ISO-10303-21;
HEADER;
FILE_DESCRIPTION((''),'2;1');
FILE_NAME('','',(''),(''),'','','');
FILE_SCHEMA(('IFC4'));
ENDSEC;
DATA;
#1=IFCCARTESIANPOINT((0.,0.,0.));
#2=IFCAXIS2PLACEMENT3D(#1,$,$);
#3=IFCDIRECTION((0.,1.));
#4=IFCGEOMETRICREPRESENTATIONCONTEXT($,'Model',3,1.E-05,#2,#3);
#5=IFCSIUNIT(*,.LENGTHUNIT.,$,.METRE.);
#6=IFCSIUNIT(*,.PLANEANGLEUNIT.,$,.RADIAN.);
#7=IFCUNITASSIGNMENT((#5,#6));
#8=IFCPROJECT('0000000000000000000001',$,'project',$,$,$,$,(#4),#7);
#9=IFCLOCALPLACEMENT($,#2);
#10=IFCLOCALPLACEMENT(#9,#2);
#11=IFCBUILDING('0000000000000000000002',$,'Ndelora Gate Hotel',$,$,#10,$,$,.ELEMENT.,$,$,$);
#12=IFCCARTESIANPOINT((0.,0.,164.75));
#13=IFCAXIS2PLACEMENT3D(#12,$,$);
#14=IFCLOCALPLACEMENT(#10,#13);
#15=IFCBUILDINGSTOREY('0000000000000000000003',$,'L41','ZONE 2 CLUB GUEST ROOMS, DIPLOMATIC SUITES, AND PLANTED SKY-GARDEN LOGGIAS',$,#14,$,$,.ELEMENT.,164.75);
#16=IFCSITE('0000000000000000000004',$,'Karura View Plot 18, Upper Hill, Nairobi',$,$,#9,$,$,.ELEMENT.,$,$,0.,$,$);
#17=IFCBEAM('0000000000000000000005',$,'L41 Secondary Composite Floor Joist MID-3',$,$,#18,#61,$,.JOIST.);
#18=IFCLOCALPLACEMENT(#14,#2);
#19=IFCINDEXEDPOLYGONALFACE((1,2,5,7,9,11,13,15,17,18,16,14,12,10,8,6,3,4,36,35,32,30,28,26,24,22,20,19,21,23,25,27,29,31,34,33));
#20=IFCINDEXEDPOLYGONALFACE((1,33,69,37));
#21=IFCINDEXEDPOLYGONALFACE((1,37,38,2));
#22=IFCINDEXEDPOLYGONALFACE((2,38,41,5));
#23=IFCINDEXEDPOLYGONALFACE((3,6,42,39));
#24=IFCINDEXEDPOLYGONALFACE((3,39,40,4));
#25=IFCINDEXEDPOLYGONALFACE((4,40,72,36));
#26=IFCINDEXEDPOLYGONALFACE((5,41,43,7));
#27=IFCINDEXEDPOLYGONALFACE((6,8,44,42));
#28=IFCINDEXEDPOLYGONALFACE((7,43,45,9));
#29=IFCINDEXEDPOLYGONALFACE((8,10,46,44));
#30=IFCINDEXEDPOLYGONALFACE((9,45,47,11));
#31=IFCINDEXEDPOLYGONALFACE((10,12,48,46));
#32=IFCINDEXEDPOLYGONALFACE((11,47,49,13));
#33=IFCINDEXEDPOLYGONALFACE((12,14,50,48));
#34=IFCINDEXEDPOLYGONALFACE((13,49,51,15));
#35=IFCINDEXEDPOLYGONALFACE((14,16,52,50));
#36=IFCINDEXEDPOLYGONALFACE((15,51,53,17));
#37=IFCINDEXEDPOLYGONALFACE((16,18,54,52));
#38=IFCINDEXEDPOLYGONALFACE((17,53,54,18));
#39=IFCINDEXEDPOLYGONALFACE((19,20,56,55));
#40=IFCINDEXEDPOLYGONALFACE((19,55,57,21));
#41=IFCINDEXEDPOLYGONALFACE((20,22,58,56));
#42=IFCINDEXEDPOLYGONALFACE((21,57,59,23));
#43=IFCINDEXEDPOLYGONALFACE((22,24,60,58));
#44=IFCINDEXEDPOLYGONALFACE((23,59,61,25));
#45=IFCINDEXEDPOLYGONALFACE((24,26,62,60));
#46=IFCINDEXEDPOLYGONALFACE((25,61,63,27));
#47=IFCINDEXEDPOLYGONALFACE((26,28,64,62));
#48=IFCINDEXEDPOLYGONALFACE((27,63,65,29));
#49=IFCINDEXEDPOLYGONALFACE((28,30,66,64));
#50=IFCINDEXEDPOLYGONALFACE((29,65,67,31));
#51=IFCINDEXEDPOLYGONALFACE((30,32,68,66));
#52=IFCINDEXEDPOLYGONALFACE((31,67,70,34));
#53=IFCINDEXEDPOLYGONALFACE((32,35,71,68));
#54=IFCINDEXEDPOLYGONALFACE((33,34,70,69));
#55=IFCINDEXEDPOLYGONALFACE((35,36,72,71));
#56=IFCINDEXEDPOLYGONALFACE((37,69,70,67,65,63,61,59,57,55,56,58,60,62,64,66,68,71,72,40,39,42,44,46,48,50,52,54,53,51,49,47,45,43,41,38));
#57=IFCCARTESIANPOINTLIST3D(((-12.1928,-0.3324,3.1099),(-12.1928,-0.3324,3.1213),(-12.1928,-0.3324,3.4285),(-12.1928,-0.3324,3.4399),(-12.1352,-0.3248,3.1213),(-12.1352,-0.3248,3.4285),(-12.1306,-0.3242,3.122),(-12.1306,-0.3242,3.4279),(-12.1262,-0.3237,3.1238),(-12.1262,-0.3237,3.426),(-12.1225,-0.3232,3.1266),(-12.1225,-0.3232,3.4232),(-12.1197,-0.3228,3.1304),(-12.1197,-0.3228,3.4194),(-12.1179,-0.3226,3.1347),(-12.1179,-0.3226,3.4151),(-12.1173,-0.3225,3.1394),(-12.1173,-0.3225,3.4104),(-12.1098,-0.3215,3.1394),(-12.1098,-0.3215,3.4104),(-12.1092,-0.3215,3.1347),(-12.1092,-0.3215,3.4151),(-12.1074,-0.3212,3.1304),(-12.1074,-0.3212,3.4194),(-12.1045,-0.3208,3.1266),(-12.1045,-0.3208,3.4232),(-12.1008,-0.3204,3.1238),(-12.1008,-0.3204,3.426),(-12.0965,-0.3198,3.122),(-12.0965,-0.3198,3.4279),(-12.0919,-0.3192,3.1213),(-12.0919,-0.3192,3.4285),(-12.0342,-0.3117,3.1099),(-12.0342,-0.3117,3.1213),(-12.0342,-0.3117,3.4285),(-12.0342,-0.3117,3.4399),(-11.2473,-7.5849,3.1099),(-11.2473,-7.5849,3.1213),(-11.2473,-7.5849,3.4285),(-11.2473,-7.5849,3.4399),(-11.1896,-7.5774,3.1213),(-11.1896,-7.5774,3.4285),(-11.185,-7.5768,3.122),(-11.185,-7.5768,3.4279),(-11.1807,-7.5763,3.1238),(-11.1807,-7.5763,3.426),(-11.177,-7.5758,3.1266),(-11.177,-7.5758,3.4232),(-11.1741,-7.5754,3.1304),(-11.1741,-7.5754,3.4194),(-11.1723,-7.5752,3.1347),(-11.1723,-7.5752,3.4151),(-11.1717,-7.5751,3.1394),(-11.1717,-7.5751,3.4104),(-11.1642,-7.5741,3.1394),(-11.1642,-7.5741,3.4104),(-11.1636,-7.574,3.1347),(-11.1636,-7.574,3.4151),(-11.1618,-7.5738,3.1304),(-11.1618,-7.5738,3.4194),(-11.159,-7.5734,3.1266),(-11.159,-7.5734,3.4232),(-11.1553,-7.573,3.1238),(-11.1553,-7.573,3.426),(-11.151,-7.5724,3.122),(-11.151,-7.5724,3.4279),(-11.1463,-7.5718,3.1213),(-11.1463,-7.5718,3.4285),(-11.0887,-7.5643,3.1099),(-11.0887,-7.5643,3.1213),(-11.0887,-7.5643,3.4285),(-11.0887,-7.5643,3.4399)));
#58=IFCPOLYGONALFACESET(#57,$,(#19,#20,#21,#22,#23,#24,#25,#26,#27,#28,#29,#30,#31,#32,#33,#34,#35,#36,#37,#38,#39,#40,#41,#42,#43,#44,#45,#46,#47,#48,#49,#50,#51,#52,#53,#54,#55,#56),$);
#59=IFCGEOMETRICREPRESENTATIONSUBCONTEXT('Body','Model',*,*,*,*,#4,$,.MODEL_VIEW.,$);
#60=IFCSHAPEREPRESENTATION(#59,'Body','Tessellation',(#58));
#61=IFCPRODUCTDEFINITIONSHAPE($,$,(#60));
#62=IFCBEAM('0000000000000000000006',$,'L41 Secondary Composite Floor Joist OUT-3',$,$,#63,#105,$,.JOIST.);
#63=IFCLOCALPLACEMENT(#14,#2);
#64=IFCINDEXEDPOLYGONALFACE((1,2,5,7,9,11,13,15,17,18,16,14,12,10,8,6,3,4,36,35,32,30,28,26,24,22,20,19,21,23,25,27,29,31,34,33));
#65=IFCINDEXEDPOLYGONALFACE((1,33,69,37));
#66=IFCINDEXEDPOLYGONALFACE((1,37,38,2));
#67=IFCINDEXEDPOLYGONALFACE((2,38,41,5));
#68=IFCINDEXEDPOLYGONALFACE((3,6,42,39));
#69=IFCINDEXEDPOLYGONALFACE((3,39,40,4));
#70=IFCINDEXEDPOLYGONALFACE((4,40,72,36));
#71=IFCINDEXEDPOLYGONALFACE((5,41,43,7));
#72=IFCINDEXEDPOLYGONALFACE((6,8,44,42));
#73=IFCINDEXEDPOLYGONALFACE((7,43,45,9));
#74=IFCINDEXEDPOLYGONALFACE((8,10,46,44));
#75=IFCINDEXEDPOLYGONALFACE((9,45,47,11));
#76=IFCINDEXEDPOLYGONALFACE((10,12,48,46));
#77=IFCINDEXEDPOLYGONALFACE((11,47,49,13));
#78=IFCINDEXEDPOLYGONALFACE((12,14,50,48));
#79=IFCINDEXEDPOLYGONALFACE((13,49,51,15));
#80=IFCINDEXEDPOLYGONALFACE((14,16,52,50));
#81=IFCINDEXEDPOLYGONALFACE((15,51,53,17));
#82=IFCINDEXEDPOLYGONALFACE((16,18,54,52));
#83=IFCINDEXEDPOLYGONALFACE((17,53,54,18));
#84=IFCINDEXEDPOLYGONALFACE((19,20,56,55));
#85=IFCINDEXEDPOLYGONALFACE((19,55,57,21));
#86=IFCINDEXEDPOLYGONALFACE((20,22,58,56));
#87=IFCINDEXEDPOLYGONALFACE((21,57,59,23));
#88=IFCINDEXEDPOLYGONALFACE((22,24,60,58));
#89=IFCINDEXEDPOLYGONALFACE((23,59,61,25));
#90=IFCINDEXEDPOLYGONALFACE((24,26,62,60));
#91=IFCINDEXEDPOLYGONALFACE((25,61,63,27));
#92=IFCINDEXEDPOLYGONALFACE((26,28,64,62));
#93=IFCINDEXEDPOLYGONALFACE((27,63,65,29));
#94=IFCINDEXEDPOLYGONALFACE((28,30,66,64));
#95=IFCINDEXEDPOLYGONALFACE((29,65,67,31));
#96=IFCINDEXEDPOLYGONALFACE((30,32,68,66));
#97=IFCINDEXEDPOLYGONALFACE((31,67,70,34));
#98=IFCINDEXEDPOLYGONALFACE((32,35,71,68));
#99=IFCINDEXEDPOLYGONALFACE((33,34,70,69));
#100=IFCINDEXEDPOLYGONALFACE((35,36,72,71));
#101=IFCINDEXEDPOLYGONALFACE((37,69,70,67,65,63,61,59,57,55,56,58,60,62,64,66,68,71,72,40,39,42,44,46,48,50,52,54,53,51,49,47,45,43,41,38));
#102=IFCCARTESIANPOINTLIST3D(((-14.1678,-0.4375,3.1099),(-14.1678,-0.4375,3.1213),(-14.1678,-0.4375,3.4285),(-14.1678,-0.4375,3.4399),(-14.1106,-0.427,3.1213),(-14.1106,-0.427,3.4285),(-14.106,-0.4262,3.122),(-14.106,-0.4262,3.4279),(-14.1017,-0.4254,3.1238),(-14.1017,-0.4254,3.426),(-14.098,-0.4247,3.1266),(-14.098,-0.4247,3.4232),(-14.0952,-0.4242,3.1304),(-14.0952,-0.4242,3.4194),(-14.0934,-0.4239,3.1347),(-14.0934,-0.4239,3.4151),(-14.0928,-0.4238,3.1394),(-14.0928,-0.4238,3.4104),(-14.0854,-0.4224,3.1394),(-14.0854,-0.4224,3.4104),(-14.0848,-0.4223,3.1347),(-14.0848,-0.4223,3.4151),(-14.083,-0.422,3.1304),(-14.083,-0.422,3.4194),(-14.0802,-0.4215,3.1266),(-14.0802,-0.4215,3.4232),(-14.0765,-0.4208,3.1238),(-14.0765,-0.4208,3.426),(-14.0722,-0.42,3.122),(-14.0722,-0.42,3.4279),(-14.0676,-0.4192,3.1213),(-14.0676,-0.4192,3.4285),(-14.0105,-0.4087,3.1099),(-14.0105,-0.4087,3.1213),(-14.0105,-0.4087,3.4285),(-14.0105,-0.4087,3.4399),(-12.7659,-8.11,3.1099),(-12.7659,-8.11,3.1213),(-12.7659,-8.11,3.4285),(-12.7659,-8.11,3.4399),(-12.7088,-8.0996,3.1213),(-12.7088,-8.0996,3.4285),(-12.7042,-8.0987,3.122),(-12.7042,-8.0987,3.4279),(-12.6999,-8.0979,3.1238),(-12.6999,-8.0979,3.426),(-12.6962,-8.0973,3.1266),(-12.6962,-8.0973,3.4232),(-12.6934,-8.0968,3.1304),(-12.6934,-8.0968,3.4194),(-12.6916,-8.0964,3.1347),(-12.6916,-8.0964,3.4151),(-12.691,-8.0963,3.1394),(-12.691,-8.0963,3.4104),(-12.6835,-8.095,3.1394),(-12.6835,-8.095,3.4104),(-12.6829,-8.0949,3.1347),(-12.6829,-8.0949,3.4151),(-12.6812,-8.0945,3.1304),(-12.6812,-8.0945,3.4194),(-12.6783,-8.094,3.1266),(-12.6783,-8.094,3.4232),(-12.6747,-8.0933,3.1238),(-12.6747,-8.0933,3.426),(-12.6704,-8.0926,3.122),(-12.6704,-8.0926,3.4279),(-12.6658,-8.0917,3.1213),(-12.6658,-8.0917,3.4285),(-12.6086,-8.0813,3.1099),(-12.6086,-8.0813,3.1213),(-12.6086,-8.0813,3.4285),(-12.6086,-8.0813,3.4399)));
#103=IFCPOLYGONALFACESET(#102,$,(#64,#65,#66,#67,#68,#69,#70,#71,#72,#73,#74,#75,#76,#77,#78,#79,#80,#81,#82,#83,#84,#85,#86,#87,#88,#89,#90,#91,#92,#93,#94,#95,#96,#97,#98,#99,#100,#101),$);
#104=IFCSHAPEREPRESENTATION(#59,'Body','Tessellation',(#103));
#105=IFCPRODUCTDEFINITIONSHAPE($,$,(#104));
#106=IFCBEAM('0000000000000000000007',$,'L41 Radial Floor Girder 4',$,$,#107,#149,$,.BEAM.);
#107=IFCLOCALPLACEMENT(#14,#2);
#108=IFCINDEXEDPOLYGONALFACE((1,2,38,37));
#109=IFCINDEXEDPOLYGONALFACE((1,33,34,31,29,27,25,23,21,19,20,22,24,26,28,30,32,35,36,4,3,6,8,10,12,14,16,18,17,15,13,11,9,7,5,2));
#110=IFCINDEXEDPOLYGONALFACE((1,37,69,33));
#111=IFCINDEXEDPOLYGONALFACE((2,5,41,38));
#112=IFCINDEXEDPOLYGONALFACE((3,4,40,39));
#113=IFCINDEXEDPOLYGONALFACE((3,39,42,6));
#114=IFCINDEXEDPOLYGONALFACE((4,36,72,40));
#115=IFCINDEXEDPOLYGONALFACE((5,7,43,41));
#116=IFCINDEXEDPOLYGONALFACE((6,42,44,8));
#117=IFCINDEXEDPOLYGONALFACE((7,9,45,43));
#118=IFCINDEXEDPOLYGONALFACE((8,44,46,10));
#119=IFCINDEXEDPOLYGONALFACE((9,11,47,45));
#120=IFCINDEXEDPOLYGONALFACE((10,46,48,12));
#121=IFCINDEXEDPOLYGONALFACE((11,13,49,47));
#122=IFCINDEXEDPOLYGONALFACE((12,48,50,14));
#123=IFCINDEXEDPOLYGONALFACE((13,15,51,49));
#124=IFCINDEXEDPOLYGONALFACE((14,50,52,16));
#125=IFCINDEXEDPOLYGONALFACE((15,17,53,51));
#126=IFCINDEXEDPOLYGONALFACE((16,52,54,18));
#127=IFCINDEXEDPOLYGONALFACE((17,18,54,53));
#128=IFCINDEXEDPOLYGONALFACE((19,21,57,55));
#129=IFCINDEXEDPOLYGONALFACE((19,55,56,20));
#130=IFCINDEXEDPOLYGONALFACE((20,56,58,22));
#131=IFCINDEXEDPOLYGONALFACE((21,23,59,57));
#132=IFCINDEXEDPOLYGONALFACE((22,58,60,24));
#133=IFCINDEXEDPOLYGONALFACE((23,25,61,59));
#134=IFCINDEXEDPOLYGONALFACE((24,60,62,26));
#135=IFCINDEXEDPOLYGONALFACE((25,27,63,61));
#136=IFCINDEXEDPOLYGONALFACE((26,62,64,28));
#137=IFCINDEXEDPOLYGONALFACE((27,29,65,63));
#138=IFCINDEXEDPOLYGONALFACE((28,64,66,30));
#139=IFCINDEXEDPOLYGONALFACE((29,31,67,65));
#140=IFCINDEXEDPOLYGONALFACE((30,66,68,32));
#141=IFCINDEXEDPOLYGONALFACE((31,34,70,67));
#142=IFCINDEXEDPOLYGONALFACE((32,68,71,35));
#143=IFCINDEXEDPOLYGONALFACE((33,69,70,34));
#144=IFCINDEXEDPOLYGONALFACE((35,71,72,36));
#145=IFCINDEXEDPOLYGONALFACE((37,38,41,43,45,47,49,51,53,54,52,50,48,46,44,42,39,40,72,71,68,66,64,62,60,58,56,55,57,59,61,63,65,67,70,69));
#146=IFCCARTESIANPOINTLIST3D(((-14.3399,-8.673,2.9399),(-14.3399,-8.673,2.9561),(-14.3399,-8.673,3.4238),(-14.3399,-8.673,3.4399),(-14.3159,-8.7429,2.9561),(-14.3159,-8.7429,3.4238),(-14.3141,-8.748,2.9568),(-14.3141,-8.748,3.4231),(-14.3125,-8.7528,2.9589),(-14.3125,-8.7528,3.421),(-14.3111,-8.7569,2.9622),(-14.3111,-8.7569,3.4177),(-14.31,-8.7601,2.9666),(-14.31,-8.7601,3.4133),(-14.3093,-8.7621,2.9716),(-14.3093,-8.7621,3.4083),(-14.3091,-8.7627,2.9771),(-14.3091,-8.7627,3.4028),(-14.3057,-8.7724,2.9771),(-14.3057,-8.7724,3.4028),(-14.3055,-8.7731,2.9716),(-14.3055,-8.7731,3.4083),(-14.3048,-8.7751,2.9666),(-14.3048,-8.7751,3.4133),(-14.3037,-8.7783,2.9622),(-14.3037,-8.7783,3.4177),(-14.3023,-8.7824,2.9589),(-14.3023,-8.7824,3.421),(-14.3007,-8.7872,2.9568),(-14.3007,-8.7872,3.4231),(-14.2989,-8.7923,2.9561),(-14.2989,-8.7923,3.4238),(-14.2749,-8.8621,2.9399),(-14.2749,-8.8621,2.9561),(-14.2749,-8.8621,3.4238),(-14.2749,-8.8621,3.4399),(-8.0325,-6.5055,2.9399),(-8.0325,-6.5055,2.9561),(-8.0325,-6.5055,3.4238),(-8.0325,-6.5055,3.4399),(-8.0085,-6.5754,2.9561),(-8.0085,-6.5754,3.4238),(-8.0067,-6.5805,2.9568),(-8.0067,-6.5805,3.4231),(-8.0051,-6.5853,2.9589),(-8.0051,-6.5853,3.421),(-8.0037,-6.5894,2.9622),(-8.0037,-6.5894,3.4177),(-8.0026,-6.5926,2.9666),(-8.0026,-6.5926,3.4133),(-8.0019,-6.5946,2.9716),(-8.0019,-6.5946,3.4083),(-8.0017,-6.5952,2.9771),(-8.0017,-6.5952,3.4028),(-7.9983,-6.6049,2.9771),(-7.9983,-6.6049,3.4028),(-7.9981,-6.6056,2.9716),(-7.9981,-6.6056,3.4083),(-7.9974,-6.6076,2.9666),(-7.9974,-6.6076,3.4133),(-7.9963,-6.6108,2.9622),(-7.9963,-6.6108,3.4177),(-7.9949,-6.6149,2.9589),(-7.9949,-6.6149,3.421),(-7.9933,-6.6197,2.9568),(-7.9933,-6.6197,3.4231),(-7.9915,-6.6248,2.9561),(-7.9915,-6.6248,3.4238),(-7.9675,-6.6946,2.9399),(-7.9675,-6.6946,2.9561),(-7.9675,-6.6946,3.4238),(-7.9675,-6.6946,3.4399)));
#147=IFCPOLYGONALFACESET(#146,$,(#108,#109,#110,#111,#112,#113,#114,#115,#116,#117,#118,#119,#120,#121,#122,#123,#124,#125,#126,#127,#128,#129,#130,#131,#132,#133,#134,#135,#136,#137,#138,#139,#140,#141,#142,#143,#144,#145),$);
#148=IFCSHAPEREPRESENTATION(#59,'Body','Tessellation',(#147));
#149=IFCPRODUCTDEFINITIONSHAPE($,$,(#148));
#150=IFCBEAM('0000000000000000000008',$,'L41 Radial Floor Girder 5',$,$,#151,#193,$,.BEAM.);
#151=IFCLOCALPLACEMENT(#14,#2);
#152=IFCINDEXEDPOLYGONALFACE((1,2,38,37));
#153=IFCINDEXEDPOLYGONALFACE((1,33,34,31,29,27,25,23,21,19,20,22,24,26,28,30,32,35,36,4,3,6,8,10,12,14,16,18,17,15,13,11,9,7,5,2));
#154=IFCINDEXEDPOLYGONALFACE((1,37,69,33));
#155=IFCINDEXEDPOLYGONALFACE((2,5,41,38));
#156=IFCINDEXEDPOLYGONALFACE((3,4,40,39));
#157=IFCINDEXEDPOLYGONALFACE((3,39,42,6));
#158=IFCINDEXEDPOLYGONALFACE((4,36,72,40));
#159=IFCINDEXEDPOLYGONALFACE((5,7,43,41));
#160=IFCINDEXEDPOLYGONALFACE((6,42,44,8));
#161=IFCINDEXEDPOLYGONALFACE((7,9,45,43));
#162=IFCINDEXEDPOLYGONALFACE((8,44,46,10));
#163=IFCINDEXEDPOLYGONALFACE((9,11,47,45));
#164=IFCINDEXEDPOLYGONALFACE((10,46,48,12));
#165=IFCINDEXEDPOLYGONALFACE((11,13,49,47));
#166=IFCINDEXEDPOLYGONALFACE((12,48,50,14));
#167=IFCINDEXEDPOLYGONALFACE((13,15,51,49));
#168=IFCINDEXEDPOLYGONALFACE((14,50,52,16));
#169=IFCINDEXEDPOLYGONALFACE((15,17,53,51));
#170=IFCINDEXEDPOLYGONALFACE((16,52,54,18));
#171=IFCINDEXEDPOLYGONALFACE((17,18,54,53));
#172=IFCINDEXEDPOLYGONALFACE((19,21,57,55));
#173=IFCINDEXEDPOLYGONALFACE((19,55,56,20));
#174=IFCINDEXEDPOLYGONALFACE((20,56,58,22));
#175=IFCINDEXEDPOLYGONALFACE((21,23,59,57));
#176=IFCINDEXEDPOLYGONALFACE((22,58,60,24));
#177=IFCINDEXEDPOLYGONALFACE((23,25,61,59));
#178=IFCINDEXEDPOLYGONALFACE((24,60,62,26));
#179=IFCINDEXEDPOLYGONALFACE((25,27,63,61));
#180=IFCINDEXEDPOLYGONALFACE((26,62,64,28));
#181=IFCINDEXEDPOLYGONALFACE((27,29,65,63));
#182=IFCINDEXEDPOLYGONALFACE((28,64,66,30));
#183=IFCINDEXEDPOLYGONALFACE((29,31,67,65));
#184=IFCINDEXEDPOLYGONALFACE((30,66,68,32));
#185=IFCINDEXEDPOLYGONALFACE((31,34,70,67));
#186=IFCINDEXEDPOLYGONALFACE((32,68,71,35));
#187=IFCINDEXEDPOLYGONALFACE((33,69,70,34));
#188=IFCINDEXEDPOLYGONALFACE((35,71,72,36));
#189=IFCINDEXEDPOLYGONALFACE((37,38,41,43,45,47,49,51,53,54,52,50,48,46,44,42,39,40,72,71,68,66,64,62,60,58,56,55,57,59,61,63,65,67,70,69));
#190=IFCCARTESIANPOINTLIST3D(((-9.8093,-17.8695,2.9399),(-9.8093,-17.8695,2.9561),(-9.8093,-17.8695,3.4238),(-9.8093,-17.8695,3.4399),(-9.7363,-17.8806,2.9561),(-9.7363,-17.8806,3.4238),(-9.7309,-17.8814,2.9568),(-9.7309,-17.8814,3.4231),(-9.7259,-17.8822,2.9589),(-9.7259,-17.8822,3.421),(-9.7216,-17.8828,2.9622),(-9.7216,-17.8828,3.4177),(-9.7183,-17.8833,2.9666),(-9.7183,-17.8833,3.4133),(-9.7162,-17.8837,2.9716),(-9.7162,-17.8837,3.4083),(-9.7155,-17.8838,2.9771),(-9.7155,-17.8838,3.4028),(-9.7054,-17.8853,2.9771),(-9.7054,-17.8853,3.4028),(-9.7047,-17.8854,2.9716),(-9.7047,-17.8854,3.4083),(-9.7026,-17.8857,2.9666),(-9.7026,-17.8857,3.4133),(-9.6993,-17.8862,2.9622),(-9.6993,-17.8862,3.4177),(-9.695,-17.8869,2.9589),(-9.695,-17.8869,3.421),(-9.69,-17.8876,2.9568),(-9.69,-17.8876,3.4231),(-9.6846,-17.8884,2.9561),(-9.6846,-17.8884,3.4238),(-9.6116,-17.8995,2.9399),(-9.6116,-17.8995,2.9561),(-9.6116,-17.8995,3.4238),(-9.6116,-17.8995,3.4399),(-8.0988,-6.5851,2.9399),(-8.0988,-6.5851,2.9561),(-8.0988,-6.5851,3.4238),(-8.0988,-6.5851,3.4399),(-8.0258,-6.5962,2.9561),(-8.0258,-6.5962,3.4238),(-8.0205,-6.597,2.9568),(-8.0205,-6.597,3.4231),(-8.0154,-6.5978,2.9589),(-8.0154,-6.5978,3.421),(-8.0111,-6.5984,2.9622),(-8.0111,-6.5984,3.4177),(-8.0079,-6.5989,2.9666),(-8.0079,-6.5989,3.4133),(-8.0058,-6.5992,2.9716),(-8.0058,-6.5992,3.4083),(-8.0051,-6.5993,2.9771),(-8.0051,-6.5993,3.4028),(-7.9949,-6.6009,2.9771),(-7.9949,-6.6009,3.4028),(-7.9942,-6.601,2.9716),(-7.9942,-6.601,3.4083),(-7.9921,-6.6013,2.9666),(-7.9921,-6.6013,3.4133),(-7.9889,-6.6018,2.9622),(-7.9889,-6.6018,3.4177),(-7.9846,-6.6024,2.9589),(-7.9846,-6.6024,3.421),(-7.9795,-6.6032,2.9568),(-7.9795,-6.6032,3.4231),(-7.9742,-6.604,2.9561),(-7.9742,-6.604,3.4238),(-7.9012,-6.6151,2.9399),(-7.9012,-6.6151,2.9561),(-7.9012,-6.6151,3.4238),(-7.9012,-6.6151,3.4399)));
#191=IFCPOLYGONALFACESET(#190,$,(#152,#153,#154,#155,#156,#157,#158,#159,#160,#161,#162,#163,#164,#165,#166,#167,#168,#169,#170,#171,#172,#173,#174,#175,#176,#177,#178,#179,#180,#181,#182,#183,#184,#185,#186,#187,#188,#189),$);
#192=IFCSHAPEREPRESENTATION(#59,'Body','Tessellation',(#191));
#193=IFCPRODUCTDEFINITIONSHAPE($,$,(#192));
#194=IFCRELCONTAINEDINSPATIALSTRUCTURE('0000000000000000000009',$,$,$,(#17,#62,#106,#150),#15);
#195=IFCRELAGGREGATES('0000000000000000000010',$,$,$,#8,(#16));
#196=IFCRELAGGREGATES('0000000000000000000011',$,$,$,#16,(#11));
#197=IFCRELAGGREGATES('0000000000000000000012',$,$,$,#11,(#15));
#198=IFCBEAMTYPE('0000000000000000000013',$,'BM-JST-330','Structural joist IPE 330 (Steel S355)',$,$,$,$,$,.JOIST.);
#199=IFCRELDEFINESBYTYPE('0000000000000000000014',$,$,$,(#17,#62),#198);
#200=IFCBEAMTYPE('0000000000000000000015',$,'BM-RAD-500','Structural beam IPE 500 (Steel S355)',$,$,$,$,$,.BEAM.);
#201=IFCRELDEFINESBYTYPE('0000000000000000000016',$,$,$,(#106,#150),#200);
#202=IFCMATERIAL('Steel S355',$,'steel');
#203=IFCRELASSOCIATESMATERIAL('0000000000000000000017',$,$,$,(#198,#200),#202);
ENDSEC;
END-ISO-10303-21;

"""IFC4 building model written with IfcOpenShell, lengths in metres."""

from ifc_helpers import new_model, si_unit, direction, frame, origin, origin_2d, place, context, subcontext, project, spatial, i_section, extrude, material, material_profile, profile_set, type_object, element, save


model = new_model("IFC4")

# Units and contexts
model_context = context("Model", 3, precision=1e-05, world=origin(), true_north=direction((0.0, 1.0)))
body_context = subcontext(model_context, "Body", "Model", "MODEL_VIEW")
ifc_project = project(units=[si_unit("LENGTHUNIT", "METRE"), si_unit("PLANEANGLEUNIT", "RADIAN")], contexts=[model_context])

# Site, building, storey
site_placement = place(None, origin())
site = spatial("IfcSite", under=ifc_project, at=site_placement, Name="Karura View Plot 18, Upper Hill, Nairobi", CompositionType="ELEMENT", RefElevation=0.0)
building_placement = place(site_placement, origin())
building = spatial("IfcBuilding", under=site, at=building_placement, Name="Ndelora Gate Hotel", CompositionType="ELEMENT")
storey_placement = place(building_placement, frame((0.0, 0.0, 164.75)))
storey = spatial("IfcBuildingStorey", under=building, at=storey_placement, Name="L41", Description="ZONE 2 CLUB GUEST ROOMS, DIPLOMATIC SUITES, AND PLANTED SKY-GARDEN LOGGIAS", CompositionType="ELEMENT", Elevation=164.75)

# Beams
ifc_material_1 = material(Name="Steel S355", Category="steel")
ifc_material_profile_1 = material_profile(ifc_material_1, i_section(OverallWidth=0.1599, OverallDepth=0.3301, WebThickness=0.0076, FlangeThickness=0.0115, FilletRadius=0.0181, at=origin_2d()), Name="IPE 330")
ifc_profile_set_1 = profile_set([ifc_material_profile_1], Name="Steel S355")
beam_type_1 = type_object("IfcBeamType", Name="BM-JST-330", Description="Structural joist IPE 330 (Steel S355)", PredefinedType="JOIST", material=ifc_profile_set_1)
beam_1_placement = place(storey_placement, frame((-12.1135, -0.322, 3.2749), z_axis=(0.129279, -0.991608, 0.0), x_axis=(0.991608, 0.129279, 0.0)))
element("IfcBeam", 1, at=beam_1_placement, inside=storey, type_object=beam_type_1, Name="L41 Secondary Composite Floor Joist MID-3", PredefinedType="JOIST", context=body_context, shape_type="SweptSolid", body=[
    extrude(i_section(OverallWidth=0.1599, OverallDepth=0.3301, WebThickness=0.0076, FlangeThickness=0.0115, FilletRadius=0.0181, at=origin_2d()), origin(), (0.0, 0.0, 1.0), 7.314),
])
beam_2_placement = place(storey_placement, frame((-14.0891, -0.4231, 3.2749), z_axis=(0.179734, -0.983715, 0.0), x_axis=(0.983715, 0.179734, 0.0)))
element("IfcBeam", 2, at=beam_2_placement, inside=storey, type_object=beam_type_1, Name="L41 Secondary Composite Floor Joist OUT-3", PredefinedType="JOIST", context=body_context, shape_type="SweptSolid", body=[
    extrude(i_section(OverallWidth=0.1599, OverallDepth=0.3301, WebThickness=0.0076, FlangeThickness=0.0115, FilletRadius=0.0181, at=origin_2d()), origin(), (0.0, 0.0, 1.0), 7.7996),
])
ifc_material_profile_2 = material_profile(ifc_material_1, i_section(OverallWidth=0.2, OverallDepth=0.5, WebThickness=0.0103, FlangeThickness=0.0161, FilletRadius=0.021, at=origin_2d()), Name="IPE 500")
ifc_profile_set_2 = profile_set([ifc_material_profile_2], Name="Steel S355")
beam_type_2 = type_object("IfcBeamType", Name="BM-RAD-500", Description="Structural beam IPE 500 (Steel S355)", PredefinedType="BEAM", material=ifc_profile_set_2)
beam_3_placement = place(storey_placement, frame((-8.0, -6.6001, 3.1899), z_axis=(-0.945718, -0.324989, 0.0), x_axis=(0.324989, -0.945718, 0.0)))
element("IfcBeam", 3, at=beam_3_placement, inside=storey, type_object=beam_type_2, Name="L41 Radial Floor Girder 4", PredefinedType="BEAM", context=body_context, shape_type="SweptSolid", body=[
    extrude(i_section(OverallWidth=0.2, OverallDepth=0.5, WebThickness=0.0103, FlangeThickness=0.0161, FilletRadius=0.021, at=origin_2d()), origin(), (0.0, 0.0, 1.0), 6.6694),
])
beam_4_placement = place(storey_placement, frame((-8.0, -6.6001, 3.1899), z_axis=(-0.149864, -0.988707, 0.0), x_axis=(0.988707, -0.149864, 0.0)))
element("IfcBeam", 4, at=beam_4_placement, inside=storey, type_object=beam_type_2, Name="L41 Radial Floor Girder 5", PredefinedType="BEAM", context=body_context, shape_type="SweptSolid", body=[
    extrude(i_section(OverallWidth=0.2, OverallDepth=0.5, WebThickness=0.0103, FlangeThickness=0.0161, FilletRadius=0.021, at=origin_2d()), origin(), (0.0, 0.0, 1.0), 11.4133),
])

save(model, "model.ifc")
